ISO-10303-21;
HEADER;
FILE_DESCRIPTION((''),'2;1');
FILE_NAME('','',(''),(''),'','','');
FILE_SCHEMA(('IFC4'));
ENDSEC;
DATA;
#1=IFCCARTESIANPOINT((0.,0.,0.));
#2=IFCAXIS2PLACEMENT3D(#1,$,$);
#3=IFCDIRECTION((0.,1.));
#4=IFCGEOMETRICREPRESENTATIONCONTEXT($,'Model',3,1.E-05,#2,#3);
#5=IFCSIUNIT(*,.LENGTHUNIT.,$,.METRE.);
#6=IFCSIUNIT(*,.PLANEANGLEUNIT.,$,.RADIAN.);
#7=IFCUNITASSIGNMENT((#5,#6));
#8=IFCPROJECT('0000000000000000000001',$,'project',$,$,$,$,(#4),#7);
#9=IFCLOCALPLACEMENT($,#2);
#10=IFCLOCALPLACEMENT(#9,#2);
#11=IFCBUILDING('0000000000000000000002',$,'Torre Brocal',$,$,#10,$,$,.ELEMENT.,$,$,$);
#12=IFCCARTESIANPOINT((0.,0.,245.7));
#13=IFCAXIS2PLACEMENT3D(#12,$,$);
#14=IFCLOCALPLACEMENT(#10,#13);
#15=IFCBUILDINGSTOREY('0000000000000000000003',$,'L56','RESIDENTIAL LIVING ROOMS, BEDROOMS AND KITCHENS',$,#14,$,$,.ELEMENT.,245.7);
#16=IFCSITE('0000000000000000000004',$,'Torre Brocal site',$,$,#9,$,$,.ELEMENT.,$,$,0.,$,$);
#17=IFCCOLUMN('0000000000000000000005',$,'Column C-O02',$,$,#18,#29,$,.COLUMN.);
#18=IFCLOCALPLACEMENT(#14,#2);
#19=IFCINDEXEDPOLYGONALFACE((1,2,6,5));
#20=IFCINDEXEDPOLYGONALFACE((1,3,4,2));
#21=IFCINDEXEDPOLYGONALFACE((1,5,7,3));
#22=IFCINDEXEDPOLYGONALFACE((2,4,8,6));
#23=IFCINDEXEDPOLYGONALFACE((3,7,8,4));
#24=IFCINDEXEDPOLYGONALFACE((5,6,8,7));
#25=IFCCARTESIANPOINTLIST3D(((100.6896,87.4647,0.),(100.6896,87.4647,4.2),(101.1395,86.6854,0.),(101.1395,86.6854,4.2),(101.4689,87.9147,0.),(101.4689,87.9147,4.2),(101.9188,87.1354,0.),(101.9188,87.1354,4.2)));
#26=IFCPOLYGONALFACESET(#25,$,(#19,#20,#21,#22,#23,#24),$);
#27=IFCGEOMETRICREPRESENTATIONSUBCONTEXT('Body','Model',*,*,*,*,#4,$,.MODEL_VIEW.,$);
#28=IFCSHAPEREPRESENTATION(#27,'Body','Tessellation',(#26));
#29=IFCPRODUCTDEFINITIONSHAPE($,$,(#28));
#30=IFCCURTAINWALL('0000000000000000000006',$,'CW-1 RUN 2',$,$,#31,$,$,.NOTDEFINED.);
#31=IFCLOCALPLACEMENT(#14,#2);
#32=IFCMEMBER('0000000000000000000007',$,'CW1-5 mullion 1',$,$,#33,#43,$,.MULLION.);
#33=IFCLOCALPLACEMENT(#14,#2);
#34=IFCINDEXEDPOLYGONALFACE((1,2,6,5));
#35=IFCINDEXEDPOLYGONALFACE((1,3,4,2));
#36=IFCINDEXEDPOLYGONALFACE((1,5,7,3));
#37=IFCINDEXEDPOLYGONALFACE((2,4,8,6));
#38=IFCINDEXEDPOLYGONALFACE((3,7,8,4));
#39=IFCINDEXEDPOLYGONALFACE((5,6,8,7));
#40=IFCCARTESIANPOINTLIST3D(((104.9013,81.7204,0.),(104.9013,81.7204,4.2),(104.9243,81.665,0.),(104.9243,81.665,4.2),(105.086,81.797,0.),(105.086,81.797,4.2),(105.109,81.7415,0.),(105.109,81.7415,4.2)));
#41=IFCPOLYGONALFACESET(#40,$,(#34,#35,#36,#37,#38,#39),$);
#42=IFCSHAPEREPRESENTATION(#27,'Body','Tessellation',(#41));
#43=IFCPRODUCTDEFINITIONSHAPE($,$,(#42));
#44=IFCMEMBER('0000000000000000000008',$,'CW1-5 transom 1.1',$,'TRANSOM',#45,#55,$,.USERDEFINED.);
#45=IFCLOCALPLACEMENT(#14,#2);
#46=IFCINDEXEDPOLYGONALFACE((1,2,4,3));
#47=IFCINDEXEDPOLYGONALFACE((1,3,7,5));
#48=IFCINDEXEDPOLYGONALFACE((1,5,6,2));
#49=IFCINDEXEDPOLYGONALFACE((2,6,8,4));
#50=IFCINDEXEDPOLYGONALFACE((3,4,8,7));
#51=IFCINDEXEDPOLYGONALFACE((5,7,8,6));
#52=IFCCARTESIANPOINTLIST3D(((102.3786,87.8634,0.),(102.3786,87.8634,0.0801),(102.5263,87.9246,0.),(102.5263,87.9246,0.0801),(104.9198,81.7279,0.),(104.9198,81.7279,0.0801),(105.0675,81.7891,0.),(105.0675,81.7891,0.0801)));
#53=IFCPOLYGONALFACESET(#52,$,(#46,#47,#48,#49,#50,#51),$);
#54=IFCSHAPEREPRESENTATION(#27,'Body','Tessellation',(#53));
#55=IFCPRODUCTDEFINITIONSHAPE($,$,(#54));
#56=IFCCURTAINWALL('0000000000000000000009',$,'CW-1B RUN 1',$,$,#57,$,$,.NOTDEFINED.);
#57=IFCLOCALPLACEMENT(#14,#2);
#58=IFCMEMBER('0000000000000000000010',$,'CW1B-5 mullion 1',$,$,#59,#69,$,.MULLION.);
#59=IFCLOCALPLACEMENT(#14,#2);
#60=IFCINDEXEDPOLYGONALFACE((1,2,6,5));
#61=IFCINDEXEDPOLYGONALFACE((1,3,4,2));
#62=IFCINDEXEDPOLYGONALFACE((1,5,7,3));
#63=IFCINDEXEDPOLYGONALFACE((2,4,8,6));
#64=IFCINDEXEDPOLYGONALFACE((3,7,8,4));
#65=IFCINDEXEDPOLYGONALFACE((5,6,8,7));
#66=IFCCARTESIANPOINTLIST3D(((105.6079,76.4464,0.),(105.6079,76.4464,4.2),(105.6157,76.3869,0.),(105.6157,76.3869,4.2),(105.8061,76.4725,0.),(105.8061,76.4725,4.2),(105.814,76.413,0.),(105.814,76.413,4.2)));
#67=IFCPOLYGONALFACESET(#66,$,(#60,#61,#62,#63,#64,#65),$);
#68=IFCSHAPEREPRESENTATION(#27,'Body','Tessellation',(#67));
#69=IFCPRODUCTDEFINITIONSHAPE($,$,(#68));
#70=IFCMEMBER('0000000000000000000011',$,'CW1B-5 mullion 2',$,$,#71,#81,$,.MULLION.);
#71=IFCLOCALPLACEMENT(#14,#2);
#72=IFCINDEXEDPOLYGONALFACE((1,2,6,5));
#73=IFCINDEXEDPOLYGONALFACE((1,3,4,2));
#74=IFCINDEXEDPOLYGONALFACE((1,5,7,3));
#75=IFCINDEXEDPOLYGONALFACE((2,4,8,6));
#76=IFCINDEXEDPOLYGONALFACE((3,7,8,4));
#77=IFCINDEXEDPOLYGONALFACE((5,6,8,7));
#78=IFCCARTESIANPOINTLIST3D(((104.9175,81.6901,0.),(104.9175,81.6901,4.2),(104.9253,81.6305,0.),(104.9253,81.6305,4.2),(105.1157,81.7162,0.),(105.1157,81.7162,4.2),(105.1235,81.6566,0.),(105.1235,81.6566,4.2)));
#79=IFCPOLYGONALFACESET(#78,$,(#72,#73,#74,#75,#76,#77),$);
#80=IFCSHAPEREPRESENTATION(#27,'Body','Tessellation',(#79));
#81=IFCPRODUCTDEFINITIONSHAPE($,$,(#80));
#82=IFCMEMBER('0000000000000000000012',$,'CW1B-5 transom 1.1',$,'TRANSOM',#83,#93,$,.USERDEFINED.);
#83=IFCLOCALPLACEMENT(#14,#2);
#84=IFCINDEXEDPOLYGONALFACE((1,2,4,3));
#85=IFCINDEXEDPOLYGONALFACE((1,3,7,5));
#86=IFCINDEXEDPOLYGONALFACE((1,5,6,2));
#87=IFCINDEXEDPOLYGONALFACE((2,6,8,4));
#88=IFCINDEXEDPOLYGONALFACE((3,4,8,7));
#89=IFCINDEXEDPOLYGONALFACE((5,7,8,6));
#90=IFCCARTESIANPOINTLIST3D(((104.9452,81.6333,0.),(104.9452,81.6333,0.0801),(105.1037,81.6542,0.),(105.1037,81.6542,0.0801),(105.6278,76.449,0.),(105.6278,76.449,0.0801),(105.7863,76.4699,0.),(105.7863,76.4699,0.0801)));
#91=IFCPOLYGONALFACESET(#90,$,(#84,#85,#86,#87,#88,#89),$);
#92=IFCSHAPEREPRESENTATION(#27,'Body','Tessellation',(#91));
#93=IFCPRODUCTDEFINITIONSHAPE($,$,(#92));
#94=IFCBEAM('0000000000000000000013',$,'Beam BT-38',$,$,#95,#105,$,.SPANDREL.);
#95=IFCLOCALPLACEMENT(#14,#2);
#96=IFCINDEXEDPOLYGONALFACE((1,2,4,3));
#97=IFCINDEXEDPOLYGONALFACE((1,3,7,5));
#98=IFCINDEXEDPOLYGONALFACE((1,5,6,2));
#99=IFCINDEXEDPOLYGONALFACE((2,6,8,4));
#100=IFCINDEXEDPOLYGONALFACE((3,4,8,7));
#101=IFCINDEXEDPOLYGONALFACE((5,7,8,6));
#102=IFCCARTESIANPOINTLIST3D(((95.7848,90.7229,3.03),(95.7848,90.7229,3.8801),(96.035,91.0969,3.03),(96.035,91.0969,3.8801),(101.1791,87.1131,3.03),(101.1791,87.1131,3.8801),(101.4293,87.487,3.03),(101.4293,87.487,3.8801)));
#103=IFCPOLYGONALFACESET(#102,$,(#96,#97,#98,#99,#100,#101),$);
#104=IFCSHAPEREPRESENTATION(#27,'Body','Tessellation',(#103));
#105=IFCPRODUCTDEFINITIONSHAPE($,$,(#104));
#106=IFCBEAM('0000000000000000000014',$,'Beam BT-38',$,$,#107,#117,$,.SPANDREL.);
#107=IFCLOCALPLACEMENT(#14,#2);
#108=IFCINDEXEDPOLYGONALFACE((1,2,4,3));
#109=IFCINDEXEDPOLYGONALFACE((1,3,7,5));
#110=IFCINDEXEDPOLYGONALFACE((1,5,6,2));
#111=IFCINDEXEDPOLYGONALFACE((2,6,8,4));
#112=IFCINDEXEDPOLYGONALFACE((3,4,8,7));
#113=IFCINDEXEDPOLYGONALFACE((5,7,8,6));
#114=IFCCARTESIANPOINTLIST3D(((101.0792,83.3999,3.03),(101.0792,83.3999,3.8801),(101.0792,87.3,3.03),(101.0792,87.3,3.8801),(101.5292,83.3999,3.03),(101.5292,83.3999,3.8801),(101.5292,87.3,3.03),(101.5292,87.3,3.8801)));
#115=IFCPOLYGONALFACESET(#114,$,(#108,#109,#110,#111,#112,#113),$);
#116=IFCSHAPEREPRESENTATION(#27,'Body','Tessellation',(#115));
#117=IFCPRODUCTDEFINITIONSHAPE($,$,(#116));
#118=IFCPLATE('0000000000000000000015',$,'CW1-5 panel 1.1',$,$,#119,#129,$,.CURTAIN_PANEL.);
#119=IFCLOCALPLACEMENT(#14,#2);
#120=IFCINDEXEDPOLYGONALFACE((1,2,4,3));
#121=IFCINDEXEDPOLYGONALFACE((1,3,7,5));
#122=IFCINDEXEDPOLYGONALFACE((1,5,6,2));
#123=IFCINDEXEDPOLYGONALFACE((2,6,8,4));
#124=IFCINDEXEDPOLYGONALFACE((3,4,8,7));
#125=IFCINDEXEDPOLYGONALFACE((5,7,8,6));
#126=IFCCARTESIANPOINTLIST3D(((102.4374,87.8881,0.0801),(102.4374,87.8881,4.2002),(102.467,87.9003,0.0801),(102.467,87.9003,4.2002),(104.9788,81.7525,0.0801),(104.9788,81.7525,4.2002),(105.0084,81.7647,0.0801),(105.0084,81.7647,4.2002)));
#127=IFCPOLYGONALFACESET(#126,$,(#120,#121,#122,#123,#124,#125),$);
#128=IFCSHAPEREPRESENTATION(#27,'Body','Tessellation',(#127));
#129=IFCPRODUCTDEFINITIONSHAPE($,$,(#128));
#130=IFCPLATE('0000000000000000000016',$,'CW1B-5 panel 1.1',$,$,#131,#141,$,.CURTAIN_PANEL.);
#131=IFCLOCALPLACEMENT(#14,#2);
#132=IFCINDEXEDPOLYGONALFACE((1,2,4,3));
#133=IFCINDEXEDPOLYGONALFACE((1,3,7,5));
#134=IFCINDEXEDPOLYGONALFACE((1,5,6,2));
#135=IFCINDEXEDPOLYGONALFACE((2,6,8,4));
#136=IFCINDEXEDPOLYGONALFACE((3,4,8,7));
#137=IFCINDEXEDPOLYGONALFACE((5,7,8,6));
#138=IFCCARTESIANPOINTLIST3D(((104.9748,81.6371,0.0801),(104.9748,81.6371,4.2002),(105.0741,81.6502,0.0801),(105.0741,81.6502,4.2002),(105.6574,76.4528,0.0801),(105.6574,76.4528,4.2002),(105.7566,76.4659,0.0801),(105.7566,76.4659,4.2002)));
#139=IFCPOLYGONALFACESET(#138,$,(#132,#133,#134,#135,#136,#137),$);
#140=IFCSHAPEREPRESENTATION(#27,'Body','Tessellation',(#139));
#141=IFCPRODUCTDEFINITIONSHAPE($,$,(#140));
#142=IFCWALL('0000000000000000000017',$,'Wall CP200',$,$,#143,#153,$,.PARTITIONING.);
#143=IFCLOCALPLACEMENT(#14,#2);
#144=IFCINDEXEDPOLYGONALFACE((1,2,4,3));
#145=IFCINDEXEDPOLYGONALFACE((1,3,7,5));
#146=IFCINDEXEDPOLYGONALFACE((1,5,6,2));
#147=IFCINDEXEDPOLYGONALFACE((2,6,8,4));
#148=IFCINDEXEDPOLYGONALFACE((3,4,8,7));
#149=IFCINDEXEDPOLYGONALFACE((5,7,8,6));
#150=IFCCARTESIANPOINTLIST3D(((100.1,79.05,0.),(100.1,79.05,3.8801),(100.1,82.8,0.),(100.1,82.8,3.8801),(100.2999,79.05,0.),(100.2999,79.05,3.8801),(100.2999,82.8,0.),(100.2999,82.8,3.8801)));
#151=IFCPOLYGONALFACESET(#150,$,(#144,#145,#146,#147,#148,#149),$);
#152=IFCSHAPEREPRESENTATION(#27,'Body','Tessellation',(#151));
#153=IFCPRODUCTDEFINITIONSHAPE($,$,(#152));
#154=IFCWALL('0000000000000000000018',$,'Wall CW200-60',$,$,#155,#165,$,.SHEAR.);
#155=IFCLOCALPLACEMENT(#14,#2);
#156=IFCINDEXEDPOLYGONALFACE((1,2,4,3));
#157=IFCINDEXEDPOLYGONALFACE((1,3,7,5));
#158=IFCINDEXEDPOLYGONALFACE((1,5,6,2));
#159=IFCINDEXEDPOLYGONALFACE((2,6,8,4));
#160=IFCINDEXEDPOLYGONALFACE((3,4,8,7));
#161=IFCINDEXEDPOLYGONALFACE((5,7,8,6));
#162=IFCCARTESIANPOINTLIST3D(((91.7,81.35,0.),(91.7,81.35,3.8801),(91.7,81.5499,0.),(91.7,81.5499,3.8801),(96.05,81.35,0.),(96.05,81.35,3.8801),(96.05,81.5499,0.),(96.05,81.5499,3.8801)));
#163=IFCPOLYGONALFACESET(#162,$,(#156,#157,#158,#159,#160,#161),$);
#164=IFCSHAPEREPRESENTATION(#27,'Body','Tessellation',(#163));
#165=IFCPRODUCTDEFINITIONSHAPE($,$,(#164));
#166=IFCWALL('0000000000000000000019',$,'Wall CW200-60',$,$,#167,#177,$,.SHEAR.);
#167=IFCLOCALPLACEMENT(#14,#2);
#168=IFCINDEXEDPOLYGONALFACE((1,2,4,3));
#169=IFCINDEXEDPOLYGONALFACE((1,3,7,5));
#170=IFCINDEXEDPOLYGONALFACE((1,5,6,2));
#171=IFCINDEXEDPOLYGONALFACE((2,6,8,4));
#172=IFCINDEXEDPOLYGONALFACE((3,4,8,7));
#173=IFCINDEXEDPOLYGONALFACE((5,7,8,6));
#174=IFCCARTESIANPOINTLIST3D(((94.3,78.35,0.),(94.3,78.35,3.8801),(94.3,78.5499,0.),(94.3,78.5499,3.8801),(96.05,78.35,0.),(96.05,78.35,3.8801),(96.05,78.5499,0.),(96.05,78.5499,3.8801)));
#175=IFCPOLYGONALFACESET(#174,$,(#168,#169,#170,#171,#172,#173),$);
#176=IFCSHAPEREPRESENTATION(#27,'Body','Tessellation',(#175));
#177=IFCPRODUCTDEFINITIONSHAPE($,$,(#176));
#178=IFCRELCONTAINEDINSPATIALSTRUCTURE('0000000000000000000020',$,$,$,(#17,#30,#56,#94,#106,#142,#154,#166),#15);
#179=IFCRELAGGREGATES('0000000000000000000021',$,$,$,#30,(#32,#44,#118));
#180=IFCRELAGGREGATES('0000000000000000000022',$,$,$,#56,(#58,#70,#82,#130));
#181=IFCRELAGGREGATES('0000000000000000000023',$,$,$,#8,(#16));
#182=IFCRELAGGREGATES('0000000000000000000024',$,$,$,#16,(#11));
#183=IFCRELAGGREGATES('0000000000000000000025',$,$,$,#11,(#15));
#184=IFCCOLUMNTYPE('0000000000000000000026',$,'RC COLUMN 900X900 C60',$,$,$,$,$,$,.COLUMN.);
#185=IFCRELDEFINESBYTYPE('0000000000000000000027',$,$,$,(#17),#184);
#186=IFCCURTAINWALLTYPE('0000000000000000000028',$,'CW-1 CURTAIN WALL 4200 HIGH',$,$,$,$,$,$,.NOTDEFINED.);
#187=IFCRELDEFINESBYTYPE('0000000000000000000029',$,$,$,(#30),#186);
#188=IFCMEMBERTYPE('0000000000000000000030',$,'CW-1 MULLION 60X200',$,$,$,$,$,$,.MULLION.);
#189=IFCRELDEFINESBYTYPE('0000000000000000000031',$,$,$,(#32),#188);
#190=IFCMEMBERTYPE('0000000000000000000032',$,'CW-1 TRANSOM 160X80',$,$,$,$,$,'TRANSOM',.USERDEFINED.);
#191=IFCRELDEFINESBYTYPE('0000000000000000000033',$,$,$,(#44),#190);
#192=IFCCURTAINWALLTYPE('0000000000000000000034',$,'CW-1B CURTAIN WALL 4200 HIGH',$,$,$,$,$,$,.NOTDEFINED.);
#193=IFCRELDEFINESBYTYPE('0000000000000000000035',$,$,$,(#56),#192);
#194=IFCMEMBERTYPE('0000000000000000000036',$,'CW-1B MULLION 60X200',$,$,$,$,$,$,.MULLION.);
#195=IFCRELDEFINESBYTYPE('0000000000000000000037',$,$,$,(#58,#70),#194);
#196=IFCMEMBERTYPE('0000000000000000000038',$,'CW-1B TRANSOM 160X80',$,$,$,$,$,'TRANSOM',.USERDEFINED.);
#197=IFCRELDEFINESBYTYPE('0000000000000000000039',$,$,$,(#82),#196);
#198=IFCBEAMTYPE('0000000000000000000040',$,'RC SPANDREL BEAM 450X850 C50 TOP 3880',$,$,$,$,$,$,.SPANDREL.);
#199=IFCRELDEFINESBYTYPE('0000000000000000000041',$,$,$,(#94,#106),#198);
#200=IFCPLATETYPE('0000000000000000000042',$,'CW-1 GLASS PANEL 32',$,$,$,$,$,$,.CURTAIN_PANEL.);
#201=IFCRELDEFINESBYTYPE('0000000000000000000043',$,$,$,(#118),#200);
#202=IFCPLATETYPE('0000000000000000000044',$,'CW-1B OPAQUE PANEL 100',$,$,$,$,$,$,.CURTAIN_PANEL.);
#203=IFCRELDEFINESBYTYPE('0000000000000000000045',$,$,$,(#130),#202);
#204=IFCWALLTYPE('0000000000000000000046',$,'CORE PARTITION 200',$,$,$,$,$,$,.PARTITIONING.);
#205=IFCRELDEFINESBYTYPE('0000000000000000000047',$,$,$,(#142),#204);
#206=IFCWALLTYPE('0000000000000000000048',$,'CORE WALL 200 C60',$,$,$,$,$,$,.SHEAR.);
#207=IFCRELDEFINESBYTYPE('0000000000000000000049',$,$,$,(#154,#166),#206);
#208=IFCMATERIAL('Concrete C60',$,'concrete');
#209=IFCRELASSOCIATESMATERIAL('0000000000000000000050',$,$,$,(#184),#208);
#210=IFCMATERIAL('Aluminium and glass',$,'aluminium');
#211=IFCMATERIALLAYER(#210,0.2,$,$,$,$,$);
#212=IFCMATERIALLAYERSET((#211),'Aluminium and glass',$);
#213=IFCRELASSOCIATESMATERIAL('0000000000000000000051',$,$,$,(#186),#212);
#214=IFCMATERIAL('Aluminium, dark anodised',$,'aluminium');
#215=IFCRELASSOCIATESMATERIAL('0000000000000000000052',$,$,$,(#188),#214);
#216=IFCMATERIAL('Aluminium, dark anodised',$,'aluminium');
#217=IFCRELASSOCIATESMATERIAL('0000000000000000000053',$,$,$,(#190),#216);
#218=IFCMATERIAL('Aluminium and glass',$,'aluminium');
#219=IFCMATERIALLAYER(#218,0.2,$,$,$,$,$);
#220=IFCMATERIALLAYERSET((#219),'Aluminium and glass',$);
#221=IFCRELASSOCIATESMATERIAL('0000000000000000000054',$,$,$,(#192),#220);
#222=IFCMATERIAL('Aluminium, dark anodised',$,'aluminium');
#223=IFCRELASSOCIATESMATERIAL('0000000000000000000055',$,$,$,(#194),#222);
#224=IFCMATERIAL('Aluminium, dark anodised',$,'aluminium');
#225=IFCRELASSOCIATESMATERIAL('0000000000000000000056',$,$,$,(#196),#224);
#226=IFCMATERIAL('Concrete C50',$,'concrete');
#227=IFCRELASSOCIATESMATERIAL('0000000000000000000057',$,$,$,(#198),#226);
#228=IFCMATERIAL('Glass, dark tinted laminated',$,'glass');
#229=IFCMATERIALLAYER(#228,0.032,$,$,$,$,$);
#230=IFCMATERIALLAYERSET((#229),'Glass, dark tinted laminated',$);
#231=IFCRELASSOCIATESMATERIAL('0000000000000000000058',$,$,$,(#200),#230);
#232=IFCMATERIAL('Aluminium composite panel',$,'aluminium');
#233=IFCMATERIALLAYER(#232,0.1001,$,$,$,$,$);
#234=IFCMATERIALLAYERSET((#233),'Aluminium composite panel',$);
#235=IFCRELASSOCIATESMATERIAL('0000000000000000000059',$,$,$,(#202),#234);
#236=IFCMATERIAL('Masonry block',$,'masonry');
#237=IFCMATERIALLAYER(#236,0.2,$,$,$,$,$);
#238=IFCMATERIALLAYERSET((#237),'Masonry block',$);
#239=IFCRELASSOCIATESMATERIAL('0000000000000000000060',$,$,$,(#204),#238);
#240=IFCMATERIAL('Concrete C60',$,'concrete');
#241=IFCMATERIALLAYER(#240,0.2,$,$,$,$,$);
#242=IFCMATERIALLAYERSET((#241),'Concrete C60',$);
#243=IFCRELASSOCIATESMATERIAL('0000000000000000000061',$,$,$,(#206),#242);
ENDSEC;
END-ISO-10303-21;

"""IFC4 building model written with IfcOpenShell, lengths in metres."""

from ifc_helpers import new_model, si_unit, direction, frame, frame_2d, origin, origin_2d, place, context, subcontext, project, spatial, rectangle, extrude, material, layer, layer_set, material_profile, profile_set, type_object, element, aggregate, save


model = new_model("IFC4")

# Units and contexts
model_context = context("Model", 3, precision=1e-05, world=origin(), true_north=direction((0.0, 1.0)))
body_context = subcontext(model_context, "Body", "Model", "MODEL_VIEW")
ifc_project = project(units=[si_unit("LENGTHUNIT", "METRE"), si_unit("PLANEANGLEUNIT", "RADIAN")], contexts=[model_context])

# Site, building, storey
site_placement = place(None, origin())
site = spatial("IfcSite", under=ifc_project, at=site_placement, Name="Torre Brocal site", CompositionType="ELEMENT", RefElevation=0.0)
building_placement = place(site_placement, origin())
building = spatial("IfcBuilding", under=site, at=building_placement, Name="Torre Brocal", CompositionType="ELEMENT")
storey_placement = place(building_placement, frame((0.0, 0.0, 245.7)))
storey = spatial("IfcBuildingStorey", under=building, at=storey_placement, Name="L56", Description="RESIDENTIAL LIVING ROOMS, BEDROOMS AND KITCHENS", CompositionType="ELEMENT", Elevation=245.7)

# Column
ifc_material_1 = material(Name="Concrete C60", Category="concrete")
ifc_material_profile_1 = material_profile(ifc_material_1, rectangle(XDim=0.8999, YDim=0.8999, at=origin_2d()), Name="RC 900X900")
ifc_profile_set_1 = profile_set([ifc_material_profile_1], Name="Concrete C60")
column_type = type_object("IfcColumnType", Name="RC COLUMN 900X900 C60", PredefinedType="COLUMN", material=ifc_profile_set_1)
column_placement = place(storey_placement, frame((101.3042, 87.3, 0.0), z_axis=(0.0, 0.0, 1.0), x_axis=(0.866025, 0.5, 0.0)))
element("IfcColumn", 1, at=column_placement, inside=storey, type_object=column_type, Name="Column C-O02", PredefinedType="COLUMN", context=body_context, shape_type="SweptSolid", body=[
    extrude(rectangle(XDim=0.8999, YDim=0.8999, at=origin_2d()), origin(), (0.0, 0.0, 1.0), 4.2),
])

# Curtain walls, members
ifc_material_2 = material(Name="Aluminium and glass", Category="aluminium")
ifc_layer_1 = layer(ifc_material_2, 0.2)
ifc_layer_set_1 = layer_set([ifc_layer_1], Name="Aluminium and glass")
curtain_wall_type_1 = type_object("IfcCurtainWallType", Name="CW-1 CURTAIN WALL 4200 HIGH", PredefinedType="NOTDEFINED", material=ifc_layer_set_1)
curtain_wall_1_placement = place(storey_placement, origin())
curtain_wall_1 = element("IfcCurtainWall", 2, at=curtain_wall_1_placement, inside=storey, type_object=curtain_wall_type_1, Name="CW-1 RUN 2", PredefinedType="NOTDEFINED")
ifc_material_3 = material(Name="Aluminium, dark anodised", Category="aluminium")
ifc_material_profile_2 = material_profile(ifc_material_3, rectangle(XDim=0.2, YDim=0.0601, at=origin_2d()), Name="CW-1 MULLION 60X200")
ifc_profile_set_2 = profile_set([ifc_material_profile_2], Name="Aluminium, dark anodised")
member_type_1 = type_object("IfcMemberType", Name="CW-1 MULLION 60X200", PredefinedType="MULLION", material=ifc_profile_set_2)
member_1_placement = place(storey_placement, frame((105.0051, 81.731, 0.0), z_axis=(0.0, 0.0, 1.0), x_axis=(-0.92388, -0.382683, 0.0)))
member_1 = element("IfcMember", 3, at=member_1_placement, type_object=member_type_1, Name="CW1-5 mullion 1", PredefinedType="MULLION", context=body_context, shape_type="SweptSolid", body=[
    extrude(rectangle(XDim=0.2, YDim=0.0601, at=origin_2d()), origin(), (0.0, 0.0, 1.0), 4.2),
])
ifc_material_4 = material(Name="Aluminium, dark anodised", Category="aluminium")
ifc_material_profile_3 = material_profile(ifc_material_4, rectangle(XDim=0.1599, YDim=0.0801, at=origin_2d()), Name="CW-1 TRANSOM 160X80")
ifc_profile_set_3 = profile_set([ifc_material_profile_3], Name="Aluminium, dark anodised")
member_type_2 = type_object("IfcMemberType", Name="CW-1 TRANSOM 160X80", ElementType="TRANSOM", PredefinedType="USERDEFINED", material=ifc_profile_set_3)
member_2_placement = place(storey_placement, frame((104.9937, 81.7585, 0.04), z_axis=(-0.382665, 0.923887, 0.0), x_axis=(-0.923887, -0.382665, 0.0)))
member_2 = element("IfcMember", 4, at=member_2_placement, type_object=member_type_2, Name="CW1-5 transom 1.1", ObjectType="TRANSOM", PredefinedType="USERDEFINED", context=body_context, shape_type="SweptSolid", body=[
    extrude(rectangle(XDim=0.1599, YDim=0.0801, at=origin_2d()), origin(), (0.0, 0.0, 1.0), 6.6409),
])
ifc_material_5 = material(Name="Aluminium and glass", Category="aluminium")
ifc_layer_2 = layer(ifc_material_5, 0.2)
ifc_layer_set_2 = layer_set([ifc_layer_2], Name="Aluminium and glass")
curtain_wall_type_2 = type_object("IfcCurtainWallType", Name="CW-1B CURTAIN WALL 4200 HIGH", PredefinedType="NOTDEFINED", material=ifc_layer_set_2)
curtain_wall_2_placement = place(storey_placement, origin())
curtain_wall_2 = element("IfcCurtainWall", 5, at=curtain_wall_2_placement, inside=storey, type_object=curtain_wall_type_2, Name="CW-1B RUN 1", PredefinedType="NOTDEFINED")
ifc_material_6 = material(Name="Aluminium, dark anodised", Category="aluminium")
ifc_material_profile_4 = material_profile(ifc_material_6, rectangle(XDim=0.2, YDim=0.0601, at=origin_2d()), Name="CW-1B MULLION 60X200")
ifc_profile_set_4 = profile_set([ifc_material_profile_4], Name="Aluminium, dark anodised")
member_type_3 = type_object("IfcMemberType", Name="CW-1B MULLION 60X200", PredefinedType="MULLION", material=ifc_profile_set_4)
member_3_placement = place(storey_placement, frame((105.7109, 76.4297, 0.0), z_axis=(0.0, 0.0, 1.0), x_axis=(-0.991445, -0.130526, 0.0)))
member_3 = element("IfcMember", 6, at=member_3_placement, type_object=member_type_3, Name="CW1B-5 mullion 1", PredefinedType="MULLION", context=body_context, shape_type="SweptSolid", body=[
    extrude(rectangle(XDim=0.2, YDim=0.0601, at=origin_2d()), origin(), (0.0, 0.0, 1.0), 4.2),
])
member_4_placement = place(storey_placement, frame((105.0205, 81.6733, 0.0), z_axis=(0.0, 0.0, 1.0), x_axis=(-0.991445, -0.130526, 0.0)))
member_4 = element("IfcMember", 7, at=member_4_placement, type_object=member_type_3, Name="CW1B-5 mullion 2", PredefinedType="MULLION", context=body_context, shape_type="SweptSolid", body=[
    extrude(rectangle(XDim=0.2, YDim=0.0601, at=origin_2d()), origin(), (0.0, 0.0, 1.0), 4.2),
])
ifc_material_7 = material(Name="Aluminium, dark anodised", Category="aluminium")
ifc_material_profile_5 = material_profile(ifc_material_7, rectangle(XDim=0.1599, YDim=0.0801, at=origin_2d()), Name="CW-1B TRANSOM 160X80")
ifc_profile_set_5 = profile_set([ifc_material_profile_5], Name="Aluminium, dark anodised")
member_type_4 = type_object("IfcMemberType", Name="CW-1B TRANSOM 160X80", ElementType="TRANSOM", PredefinedType="USERDEFINED", material=ifc_profile_set_5)
member_5_placement = place(storey_placement, frame((105.707, 76.4595, 0.04), z_axis=(-0.130543, 0.991443, 0.0), x_axis=(-0.991443, -0.130543, 0.0)))
member_5 = element("IfcMember", 8, at=member_5_placement, type_object=member_type_4, Name="CW1B-5 transom 1.1", ObjectType="TRANSOM", PredefinedType="USERDEFINED", context=body_context, shape_type="SweptSolid", body=[
    extrude(rectangle(XDim=0.1599, YDim=0.0801, at=origin_2d()), origin(), (0.0, 0.0, 1.0), 5.229),
])

# Beams
ifc_material_8 = material(Name="Concrete C50", Category="concrete")
ifc_material_profile_6 = material_profile(ifc_material_8, rectangle(XDim=0.45, YDim=0.8501, at=origin_2d()), Name="RC 450X850")
ifc_profile_set_6 = profile_set([ifc_material_profile_6], Name="Concrete C50")
beam_type = type_object("IfcBeamType", Name="RC SPANDREL BEAM 450X850 C50 TOP 3880", PredefinedType="SPANDREL", material=ifc_profile_set_6)
beam_1_placement = place(storey_placement, frame((101.3042, 87.3, 3.4551), z_axis=(-0.831077, 0.556158, 0.0), x_axis=(-0.556158, -0.831077, 0.0)))
element("IfcBeam", 9, at=beam_1_placement, inside=storey, type_object=beam_type, Name="Beam BT-38", PredefinedType="SPANDREL", context=body_context, shape_type="SweptSolid", body=[
    extrude(rectangle(XDim=0.45, YDim=0.8501, at=origin_2d()), origin(), (0.0, 0.0, 1.0), 6.4907),
])
beam_2_placement = place(storey_placement, frame((101.3042, 87.3, 3.4551), z_axis=(0.0, -1.0, 0.0), x_axis=(1.0, 0.0, 0.0)))
element("IfcBeam", 10, at=beam_2_placement, inside=storey, type_object=beam_type, Name="Beam BT-38", PredefinedType="SPANDREL", context=body_context, shape_type="SweptSolid", body=[
    extrude(rectangle(XDim=0.45, YDim=0.8501, at=origin_2d()), origin(), (0.0, 0.0, 1.0), 3.9001),
])

# Plates
ifc_material_9 = material(Name="Glass, dark tinted laminated", Category="glass")
ifc_layer_3 = layer(ifc_material_9, 0.032)
ifc_layer_set_3 = layer_set([ifc_layer_3], Name="Glass, dark tinted laminated")
plate_type_1 = type_object("IfcPlateType", Name="CW-1 GLASS PANEL 32", PredefinedType="CURTAIN_PANEL", material=ifc_layer_set_3)
plate_1_placement = place(storey_placement, frame((103.7229, 84.8264, 0.0801), z_axis=(0.0, 0.0, 1.0), x_axis=(-0.382683, 0.92388, 0.0)))
plate_1 = element("IfcPlate", 11, at=plate_1_placement, type_object=plate_type_1, Name="CW1-5 panel 1.1", PredefinedType="CURTAIN_PANEL", context=body_context, shape_type="SweptSolid", body=[
    extrude(rectangle(XDim=6.6411, YDim=0.032, at=origin_2d()), origin(), (0.0, 0.0, 1.0), 4.1201),
])
aggregate(curtain_wall_1, [member_1, member_2, plate_1])
ifc_material_10 = material(Name="Aluminium composite panel", Category="aluminium")
ifc_layer_4 = layer(ifc_material_10, 0.1001)
ifc_layer_set_4 = layer_set([ifc_layer_4], Name="Aluminium composite panel")
plate_type_2 = type_object("IfcPlateType", Name="CW-1B OPAQUE PANEL 100", PredefinedType="CURTAIN_PANEL", material=ifc_layer_set_4)
plate_2_placement = place(storey_placement, frame((105.3657, 79.0515, 0.0801), z_axis=(0.0, 0.0, 1.0), x_axis=(-0.130526, 0.991445, 0.0)))
plate_2 = element("IfcPlate", 12, at=plate_2_placement, type_object=plate_type_2, Name="CW1B-5 panel 1.1", PredefinedType="CURTAIN_PANEL", context=body_context, shape_type="SweptSolid", body=[
    extrude(rectangle(XDim=5.229, YDim=0.1001, at=origin_2d()), origin(), (0.0, 0.0, 1.0), 4.1201),
])
aggregate(curtain_wall_2, [member_3, member_4, member_5, plate_2])

# Walls
ifc_material_11 = material(Name="Masonry block", Category="masonry")
ifc_layer_5 = layer(ifc_material_11, 0.2)
ifc_layer_set_5 = layer_set([ifc_layer_5], Name="Masonry block")
wall_type_1 = type_object("IfcWallType", Name="CORE PARTITION 200", PredefinedType="PARTITIONING", material=ifc_layer_set_5)
wall_1_placement = place(storey_placement, frame((100.2, 79.05, 0.0), z_axis=(0.0, 0.0, 1.0), x_axis=(0.0, 1.0, 0.0)))
element("IfcWall", 13, at=wall_1_placement, inside=storey, type_object=wall_type_1, Name="Wall CP200", PredefinedType="PARTITIONING", context=body_context, shape_type="SweptSolid", body=[
    extrude(rectangle(XDim=3.75, YDim=0.2, at=frame_2d((1.875, 0.0))), origin(), (0.0, 0.0, 1.0), 3.8801),
])
ifc_material_12 = material(Name="Concrete C60", Category="concrete")
ifc_layer_6 = layer(ifc_material_12, 0.2)
ifc_layer_set_6 = layer_set([ifc_layer_6], Name="Concrete C60")
wall_type_2 = type_object("IfcWallType", Name="CORE WALL 200 C60", PredefinedType="SHEAR", material=ifc_layer_set_6)
wall_2_placement = place(storey_placement, frame((91.7, 81.45, 0.0), z_axis=(0.0, 0.0, 1.0), x_axis=(1.0, 0.0, 0.0)))
element("IfcWall", 14, at=wall_2_placement, inside=storey, type_object=wall_type_2, Name="Wall CW200-60", PredefinedType="SHEAR", context=body_context, shape_type="SweptSolid", body=[
    extrude(rectangle(XDim=4.3501, YDim=0.2, at=frame_2d((2.175, 0.0))), origin(), (0.0, 0.0, 1.0), 3.8801),
])
wall_3_placement = place(storey_placement, frame((94.3, 78.45, 0.0), z_axis=(0.0, 0.0, 1.0), x_axis=(1.0, 0.0, 0.0)))
element("IfcWall", 15, at=wall_3_placement, inside=storey, type_object=wall_type_2, Name="Wall CW200-60", PredefinedType="SHEAR", context=body_context, shape_type="SweptSolid", body=[
    extrude(rectangle(XDim=1.75, YDim=0.2, at=frame_2d((0.875, 0.0))), origin(), (0.0, 0.0, 1.0), 3.8801),
])

save(model, "model.ifc")
